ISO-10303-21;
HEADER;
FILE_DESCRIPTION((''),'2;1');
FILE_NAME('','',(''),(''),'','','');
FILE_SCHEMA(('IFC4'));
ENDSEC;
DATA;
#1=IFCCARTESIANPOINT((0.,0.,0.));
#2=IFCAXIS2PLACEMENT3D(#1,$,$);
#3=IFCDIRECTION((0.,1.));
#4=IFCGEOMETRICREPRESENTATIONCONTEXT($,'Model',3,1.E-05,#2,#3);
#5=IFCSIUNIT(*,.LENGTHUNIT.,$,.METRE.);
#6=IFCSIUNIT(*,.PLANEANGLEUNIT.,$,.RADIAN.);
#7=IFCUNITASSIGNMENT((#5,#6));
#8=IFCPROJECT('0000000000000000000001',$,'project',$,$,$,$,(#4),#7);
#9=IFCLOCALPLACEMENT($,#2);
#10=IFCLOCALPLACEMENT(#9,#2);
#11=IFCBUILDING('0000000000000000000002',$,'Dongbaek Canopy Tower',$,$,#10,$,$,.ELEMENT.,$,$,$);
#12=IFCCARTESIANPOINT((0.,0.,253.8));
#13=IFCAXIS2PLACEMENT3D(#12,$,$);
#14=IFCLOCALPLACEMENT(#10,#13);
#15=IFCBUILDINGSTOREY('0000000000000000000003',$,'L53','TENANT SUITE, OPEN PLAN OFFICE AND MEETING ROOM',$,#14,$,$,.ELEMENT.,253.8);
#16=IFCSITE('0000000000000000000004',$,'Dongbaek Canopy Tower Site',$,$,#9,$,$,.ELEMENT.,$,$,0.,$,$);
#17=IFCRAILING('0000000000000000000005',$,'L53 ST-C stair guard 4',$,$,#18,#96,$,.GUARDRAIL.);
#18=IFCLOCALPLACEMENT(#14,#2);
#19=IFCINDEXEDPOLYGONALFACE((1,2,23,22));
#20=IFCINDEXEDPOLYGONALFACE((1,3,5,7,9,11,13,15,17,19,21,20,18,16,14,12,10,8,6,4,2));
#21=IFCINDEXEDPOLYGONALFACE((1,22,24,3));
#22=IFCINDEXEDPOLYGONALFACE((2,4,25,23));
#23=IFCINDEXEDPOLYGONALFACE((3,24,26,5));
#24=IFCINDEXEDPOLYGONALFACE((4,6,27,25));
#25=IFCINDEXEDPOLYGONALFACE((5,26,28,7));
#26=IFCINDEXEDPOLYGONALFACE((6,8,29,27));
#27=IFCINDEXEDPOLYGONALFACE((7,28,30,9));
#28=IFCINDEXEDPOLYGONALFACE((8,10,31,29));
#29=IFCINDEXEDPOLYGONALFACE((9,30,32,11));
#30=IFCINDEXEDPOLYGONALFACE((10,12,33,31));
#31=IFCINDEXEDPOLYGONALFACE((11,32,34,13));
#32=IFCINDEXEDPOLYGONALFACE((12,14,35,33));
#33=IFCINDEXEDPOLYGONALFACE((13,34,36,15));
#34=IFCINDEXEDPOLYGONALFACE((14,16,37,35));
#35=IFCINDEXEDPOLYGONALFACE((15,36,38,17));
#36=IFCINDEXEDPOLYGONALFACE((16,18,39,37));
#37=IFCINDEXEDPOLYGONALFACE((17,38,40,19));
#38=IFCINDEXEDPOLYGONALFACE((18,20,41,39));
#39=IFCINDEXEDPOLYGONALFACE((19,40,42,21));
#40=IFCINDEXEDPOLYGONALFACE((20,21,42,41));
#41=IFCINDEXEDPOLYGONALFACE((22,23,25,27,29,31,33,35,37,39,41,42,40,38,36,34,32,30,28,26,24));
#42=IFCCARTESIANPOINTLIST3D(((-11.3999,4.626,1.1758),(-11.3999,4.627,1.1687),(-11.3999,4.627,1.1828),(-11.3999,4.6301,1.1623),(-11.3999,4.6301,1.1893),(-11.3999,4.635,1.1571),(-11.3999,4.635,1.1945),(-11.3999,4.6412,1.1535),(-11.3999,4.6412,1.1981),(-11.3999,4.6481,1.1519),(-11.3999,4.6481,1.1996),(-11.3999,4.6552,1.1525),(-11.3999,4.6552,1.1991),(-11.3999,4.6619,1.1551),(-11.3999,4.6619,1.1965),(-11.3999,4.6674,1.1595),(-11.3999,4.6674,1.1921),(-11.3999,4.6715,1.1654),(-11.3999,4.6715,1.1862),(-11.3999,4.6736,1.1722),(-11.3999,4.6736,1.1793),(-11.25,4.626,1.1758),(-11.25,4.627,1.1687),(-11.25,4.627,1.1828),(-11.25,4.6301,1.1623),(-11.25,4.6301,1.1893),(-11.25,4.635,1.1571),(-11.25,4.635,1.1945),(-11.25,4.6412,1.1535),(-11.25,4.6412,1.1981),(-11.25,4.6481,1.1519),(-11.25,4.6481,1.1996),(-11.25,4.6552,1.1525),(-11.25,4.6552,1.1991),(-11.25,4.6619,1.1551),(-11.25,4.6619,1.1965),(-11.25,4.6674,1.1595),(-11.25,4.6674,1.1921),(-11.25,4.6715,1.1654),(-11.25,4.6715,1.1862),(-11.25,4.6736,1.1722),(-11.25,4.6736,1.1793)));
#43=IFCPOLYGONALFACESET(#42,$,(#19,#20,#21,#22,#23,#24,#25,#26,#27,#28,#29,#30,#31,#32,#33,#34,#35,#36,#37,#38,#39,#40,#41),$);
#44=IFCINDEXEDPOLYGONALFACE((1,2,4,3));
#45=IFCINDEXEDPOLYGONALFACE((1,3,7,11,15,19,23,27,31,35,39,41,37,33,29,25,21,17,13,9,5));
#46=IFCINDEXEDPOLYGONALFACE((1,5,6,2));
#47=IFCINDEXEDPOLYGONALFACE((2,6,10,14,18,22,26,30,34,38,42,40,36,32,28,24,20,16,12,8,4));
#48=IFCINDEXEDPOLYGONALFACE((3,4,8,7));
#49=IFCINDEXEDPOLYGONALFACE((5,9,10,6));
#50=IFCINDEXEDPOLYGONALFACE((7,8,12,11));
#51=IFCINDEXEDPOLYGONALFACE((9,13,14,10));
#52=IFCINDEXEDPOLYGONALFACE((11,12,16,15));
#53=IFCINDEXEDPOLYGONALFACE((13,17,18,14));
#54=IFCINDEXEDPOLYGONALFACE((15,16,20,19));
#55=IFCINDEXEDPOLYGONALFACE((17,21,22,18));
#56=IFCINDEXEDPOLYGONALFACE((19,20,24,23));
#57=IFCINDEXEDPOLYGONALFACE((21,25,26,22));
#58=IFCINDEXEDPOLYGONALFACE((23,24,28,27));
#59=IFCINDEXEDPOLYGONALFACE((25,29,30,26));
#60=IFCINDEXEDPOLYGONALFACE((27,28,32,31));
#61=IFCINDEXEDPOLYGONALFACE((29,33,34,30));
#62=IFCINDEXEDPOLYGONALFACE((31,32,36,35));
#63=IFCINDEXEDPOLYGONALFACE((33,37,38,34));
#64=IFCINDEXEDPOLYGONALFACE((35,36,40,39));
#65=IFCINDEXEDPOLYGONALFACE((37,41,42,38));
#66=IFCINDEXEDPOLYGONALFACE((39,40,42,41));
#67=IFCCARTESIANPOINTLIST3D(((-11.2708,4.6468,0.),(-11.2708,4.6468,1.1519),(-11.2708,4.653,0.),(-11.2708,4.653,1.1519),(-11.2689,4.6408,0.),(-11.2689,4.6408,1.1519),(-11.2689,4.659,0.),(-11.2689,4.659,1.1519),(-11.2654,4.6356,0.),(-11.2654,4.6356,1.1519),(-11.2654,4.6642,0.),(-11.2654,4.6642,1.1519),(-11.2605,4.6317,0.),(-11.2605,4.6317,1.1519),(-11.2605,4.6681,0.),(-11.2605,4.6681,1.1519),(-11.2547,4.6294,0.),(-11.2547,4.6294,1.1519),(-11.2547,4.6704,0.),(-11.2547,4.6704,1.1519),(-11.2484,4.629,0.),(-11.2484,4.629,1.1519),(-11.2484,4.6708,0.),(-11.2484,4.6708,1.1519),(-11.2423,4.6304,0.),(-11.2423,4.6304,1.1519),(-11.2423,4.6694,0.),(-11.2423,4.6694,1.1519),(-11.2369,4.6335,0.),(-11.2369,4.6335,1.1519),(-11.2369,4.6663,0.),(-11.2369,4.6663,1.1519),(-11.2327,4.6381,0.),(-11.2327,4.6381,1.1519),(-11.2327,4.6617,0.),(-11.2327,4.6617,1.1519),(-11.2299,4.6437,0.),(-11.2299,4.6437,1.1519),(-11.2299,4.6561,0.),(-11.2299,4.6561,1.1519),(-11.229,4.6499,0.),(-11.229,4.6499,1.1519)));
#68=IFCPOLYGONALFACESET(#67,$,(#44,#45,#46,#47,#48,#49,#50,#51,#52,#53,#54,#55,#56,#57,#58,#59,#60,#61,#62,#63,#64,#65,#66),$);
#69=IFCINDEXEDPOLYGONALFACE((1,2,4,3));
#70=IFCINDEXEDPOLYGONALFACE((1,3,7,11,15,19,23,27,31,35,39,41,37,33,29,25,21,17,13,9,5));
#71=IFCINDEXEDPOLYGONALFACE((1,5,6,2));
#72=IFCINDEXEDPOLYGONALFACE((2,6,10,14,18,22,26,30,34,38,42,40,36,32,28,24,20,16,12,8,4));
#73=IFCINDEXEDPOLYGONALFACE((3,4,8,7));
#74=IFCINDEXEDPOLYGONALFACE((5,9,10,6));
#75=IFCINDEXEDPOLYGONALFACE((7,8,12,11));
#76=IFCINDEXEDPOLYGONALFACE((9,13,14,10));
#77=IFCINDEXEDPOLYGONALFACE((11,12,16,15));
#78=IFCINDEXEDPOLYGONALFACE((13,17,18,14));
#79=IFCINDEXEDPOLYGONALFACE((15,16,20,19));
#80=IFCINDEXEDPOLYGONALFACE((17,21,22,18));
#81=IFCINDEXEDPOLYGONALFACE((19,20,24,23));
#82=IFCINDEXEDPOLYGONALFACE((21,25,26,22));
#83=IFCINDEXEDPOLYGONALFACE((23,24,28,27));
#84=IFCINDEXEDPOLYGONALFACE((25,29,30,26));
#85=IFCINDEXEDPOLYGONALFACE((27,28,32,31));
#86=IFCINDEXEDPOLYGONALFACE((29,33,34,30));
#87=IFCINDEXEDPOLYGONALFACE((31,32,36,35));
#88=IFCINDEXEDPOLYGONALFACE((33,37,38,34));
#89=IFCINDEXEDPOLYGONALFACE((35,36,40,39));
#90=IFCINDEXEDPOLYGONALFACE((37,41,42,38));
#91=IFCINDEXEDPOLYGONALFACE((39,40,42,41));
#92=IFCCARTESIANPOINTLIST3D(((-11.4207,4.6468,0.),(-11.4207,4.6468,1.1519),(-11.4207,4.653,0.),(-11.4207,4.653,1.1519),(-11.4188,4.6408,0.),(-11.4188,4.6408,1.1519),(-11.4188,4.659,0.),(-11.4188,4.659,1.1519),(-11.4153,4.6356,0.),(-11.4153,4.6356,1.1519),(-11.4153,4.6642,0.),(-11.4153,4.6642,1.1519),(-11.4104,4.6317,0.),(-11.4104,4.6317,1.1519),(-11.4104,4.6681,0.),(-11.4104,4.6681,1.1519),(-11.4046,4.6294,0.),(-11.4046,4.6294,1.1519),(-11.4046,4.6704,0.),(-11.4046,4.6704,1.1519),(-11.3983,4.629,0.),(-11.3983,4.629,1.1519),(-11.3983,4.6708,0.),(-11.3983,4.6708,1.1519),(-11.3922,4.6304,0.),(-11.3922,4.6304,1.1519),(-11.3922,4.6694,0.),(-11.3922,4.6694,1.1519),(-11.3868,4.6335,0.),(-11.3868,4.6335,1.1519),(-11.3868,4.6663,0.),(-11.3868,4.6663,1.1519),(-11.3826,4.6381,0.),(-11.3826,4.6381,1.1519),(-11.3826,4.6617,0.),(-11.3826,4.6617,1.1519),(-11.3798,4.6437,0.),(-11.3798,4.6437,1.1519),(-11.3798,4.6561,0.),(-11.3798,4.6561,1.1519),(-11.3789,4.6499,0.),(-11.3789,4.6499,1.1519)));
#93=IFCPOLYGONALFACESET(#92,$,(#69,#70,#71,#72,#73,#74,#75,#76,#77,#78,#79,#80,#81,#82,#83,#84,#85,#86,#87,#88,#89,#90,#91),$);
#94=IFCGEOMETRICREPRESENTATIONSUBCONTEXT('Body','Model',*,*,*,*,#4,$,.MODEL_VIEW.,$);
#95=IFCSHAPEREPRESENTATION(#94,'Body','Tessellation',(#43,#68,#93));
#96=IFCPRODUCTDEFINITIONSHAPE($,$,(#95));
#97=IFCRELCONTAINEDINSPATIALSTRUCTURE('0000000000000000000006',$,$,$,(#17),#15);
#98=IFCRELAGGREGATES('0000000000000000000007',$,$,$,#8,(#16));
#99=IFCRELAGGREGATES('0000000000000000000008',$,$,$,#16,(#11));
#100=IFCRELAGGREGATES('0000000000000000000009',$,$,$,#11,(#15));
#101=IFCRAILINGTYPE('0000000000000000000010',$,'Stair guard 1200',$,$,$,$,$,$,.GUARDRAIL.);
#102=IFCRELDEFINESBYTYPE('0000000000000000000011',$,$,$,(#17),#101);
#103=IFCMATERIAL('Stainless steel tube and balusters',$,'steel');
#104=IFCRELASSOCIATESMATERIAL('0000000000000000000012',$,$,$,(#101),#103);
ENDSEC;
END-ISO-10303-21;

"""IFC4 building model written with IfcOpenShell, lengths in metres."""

from ifc_helpers import new_model, si_unit, direction, frame, origin, origin_2d, place, context, subcontext, project, spatial, circle, extrude, material, type_object, element, save


model = new_model("IFC4")

# Units and contexts
model_context = context("Model", 3, precision=1e-05, world=origin(), true_north=direction((0.0, 1.0)))
body_context = subcontext(model_context, "Body", "Model", "MODEL_VIEW")
ifc_project = project(units=[si_unit("LENGTHUNIT", "METRE"), si_unit("PLANEANGLEUNIT", "RADIAN")], contexts=[model_context])

# Site, building, storey
site_placement = place(None, origin())
site = spatial("IfcSite", under=ifc_project, at=site_placement, Name="Dongbaek Canopy Tower Site", CompositionType="ELEMENT", RefElevation=0.0)
building_placement = place(site_placement, origin())
building = spatial("IfcBuilding", under=site, at=building_placement, Name="Dongbaek Canopy Tower", CompositionType="ELEMENT")
storey_placement = place(building_placement, frame((0.0, 0.0, 253.8)))
storey = spatial("IfcBuildingStorey", under=building, at=storey_placement, Name="L53", Description="TENANT SUITE, OPEN PLAN OFFICE AND MEETING ROOM", CompositionType="ELEMENT", Elevation=253.8)

# Railing
ifc_material_1 = material(Name="Stainless steel tube and balusters", Category="steel")
railing_type = type_object("IfcRailingType", Name="Stair guard 1200", PredefinedType="GUARDRAIL", material=ifc_material_1)
railing_1_placement = place(storey_placement, frame((-11.25, 4.6499, 0.0)))
element("IfcRailing", 1, at=railing_1_placement, inside=storey, type_object=railing_type, Name="L53 ST-C stair guard 4", PredefinedType="GUARDRAIL", context=body_context, shape_type="SweptSolid", body=[
    extrude(circle(Radius=0.0239, at=origin_2d()), frame((0.0, 0.0, 1.1758), z_axis=(-1.0, 0.0, 0.0), x_axis=(0.0, -1.0, 0.0)), (0.0, 0.0, 1.0), 0.1499),
    extrude(circle(Radius=0.021, at=origin_2d()), origin(), (0.0, 0.0, 1.0), 1.1519),
    extrude(circle(Radius=0.021, at=origin_2d()), frame((-0.1499, 0.0, 0.0)), (0.0, 0.0, 1.0), 1.1519),
])

save(model, "model.ifc")
